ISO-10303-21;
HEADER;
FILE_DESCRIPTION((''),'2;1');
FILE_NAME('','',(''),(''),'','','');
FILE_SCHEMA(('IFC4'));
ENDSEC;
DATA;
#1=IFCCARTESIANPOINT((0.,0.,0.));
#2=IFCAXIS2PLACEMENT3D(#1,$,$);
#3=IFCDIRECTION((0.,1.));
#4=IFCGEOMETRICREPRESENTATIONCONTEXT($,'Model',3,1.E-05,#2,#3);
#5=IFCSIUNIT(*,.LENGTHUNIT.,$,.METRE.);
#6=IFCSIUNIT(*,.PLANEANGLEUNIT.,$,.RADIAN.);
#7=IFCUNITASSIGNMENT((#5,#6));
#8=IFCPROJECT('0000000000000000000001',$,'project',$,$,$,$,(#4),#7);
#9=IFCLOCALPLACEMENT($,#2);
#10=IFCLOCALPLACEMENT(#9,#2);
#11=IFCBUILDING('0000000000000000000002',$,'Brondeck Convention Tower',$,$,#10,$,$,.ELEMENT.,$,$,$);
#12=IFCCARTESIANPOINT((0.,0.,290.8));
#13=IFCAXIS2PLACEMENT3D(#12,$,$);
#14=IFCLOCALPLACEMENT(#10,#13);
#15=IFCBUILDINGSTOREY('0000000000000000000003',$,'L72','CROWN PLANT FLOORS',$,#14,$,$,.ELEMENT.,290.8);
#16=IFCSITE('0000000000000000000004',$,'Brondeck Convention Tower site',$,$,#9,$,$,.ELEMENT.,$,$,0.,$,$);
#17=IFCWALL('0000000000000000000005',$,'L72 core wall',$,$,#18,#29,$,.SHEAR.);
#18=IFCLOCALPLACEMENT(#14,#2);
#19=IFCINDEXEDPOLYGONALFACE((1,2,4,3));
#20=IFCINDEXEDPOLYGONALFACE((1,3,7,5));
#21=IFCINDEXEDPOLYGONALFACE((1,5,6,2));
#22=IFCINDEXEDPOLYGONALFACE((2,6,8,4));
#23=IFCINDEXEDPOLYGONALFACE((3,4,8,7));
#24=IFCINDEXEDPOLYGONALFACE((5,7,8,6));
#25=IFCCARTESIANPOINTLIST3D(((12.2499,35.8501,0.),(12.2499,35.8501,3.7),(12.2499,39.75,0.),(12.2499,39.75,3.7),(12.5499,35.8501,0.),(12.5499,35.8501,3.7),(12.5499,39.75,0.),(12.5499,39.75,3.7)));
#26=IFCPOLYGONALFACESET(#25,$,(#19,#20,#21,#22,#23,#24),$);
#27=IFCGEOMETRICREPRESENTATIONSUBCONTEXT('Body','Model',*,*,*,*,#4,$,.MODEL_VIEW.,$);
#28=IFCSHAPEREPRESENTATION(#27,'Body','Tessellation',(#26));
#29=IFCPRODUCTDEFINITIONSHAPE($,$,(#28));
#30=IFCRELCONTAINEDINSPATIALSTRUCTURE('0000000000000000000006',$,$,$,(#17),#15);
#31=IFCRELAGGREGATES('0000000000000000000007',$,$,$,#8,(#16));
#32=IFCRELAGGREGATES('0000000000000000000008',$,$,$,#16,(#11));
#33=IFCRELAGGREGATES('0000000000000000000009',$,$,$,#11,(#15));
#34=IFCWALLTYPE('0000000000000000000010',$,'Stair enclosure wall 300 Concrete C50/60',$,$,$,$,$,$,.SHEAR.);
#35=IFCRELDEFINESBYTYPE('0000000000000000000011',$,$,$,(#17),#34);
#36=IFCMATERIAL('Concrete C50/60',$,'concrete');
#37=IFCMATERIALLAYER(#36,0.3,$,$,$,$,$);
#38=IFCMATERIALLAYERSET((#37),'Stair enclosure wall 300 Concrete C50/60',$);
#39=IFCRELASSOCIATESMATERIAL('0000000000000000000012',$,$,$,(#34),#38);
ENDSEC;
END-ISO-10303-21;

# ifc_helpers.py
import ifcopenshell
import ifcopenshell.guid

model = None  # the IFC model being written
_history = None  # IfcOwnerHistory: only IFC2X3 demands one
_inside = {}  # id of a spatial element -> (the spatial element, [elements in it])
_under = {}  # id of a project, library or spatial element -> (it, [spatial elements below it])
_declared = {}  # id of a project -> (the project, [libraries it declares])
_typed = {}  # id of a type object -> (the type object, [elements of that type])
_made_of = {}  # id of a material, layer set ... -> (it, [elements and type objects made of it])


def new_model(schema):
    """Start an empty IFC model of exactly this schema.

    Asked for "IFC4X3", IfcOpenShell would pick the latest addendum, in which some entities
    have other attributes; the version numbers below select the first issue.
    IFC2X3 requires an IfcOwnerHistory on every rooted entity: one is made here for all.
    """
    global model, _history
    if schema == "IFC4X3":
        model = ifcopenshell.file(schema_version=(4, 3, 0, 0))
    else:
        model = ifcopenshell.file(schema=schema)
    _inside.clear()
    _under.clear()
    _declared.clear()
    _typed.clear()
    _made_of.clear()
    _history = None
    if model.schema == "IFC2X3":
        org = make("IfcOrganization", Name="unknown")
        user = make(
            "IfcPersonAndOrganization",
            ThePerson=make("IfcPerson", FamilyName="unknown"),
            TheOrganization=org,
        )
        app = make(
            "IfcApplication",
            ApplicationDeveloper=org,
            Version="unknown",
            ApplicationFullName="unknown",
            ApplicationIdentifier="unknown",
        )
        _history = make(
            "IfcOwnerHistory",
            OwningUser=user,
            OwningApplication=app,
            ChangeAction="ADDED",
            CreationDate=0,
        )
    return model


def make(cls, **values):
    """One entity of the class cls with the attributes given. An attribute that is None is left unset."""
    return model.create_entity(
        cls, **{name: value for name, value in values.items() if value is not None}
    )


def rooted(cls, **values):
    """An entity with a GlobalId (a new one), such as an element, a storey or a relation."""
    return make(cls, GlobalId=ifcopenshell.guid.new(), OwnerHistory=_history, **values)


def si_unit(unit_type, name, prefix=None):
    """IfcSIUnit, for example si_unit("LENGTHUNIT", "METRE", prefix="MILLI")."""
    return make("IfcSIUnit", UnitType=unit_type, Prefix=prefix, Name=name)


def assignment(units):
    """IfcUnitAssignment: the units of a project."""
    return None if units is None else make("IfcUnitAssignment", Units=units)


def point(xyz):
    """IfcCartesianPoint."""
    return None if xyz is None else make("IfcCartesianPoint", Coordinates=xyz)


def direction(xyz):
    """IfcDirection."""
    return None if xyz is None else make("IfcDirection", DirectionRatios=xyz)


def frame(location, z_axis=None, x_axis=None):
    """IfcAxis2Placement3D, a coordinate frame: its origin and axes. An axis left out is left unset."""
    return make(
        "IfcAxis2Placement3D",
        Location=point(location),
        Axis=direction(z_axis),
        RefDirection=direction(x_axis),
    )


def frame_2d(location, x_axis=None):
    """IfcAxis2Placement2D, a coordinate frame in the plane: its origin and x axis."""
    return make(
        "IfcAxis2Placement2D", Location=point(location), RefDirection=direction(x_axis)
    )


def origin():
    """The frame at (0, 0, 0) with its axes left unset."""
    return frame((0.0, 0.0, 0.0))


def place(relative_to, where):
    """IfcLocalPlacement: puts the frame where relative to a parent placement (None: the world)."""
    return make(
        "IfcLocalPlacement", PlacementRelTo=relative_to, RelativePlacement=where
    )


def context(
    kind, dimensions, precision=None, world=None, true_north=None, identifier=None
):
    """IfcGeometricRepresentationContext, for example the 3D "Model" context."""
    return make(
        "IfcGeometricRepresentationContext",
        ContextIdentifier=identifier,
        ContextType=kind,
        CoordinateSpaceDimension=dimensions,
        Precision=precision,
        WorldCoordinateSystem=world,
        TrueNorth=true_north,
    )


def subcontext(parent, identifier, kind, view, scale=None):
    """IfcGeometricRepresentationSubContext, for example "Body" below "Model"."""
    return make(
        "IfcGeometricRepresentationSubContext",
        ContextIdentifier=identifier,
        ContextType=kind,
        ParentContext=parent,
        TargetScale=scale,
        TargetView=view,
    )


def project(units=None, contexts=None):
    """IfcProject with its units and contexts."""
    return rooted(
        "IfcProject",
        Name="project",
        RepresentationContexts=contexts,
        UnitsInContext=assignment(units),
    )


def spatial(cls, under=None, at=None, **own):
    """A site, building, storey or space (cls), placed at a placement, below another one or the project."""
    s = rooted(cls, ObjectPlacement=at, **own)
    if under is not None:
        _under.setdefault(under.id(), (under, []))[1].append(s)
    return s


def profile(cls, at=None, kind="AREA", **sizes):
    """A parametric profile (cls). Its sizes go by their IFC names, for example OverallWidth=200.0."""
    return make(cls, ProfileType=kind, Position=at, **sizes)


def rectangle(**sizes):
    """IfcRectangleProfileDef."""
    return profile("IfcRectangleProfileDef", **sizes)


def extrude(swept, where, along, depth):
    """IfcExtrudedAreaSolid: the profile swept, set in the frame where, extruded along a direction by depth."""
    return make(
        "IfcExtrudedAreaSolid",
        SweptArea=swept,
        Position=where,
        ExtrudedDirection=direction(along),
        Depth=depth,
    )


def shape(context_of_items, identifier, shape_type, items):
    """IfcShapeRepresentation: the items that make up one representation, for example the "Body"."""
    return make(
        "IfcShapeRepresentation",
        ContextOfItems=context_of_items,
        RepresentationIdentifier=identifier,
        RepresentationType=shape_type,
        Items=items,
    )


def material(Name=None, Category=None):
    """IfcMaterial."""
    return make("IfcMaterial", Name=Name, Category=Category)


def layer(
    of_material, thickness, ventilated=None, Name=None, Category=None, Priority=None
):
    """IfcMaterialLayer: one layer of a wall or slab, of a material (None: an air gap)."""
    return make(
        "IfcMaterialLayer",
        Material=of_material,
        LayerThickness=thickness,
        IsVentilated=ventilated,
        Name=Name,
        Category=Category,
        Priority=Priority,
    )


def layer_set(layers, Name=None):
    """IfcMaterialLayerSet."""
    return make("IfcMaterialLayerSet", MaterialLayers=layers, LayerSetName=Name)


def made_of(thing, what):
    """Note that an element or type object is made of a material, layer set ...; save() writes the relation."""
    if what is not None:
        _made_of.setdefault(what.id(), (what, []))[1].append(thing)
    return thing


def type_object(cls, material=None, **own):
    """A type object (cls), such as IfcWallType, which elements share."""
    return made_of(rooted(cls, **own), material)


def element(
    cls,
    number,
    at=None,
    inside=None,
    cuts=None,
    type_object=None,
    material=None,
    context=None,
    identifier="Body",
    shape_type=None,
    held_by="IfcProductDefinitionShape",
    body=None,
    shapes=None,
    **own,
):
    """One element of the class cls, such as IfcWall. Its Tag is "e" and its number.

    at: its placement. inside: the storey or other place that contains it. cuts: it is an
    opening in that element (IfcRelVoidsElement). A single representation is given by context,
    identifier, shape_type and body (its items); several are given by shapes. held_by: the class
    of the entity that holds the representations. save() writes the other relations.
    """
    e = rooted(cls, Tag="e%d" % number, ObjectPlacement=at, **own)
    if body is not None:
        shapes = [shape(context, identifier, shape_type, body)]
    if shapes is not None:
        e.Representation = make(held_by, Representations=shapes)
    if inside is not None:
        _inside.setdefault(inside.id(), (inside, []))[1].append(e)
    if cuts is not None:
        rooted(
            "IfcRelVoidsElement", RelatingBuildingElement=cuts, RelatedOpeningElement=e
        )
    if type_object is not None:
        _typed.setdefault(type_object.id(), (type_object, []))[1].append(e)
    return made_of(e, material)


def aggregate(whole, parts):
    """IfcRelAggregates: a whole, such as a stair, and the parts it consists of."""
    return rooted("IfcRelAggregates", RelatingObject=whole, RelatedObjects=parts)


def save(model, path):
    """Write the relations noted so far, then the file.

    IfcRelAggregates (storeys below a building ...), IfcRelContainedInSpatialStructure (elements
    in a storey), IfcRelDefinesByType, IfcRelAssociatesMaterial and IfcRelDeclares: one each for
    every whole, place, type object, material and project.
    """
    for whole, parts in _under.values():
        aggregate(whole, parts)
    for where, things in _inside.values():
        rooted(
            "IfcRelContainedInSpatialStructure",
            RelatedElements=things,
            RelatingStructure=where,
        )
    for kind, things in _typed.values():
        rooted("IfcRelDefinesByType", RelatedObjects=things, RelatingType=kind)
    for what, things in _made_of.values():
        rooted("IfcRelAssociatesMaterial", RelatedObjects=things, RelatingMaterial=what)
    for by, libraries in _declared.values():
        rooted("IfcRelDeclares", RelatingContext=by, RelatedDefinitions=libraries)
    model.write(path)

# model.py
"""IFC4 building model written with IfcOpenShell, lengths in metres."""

from ifc_helpers import new_model, si_unit, direction, frame, frame_2d, origin, place, context, subcontext, project, spatial, rectangle, extrude, material, layer, layer_set, type_object, element, save


model = new_model("IFC4")

# Units and contexts
model_context = context("Model", 3, precision=1e-05, world=origin(), true_north=direction((0.0, 1.0)))
body_context = subcontext(model_context, "Body", "Model", "MODEL_VIEW")
ifc_project = project(units=[si_unit("LENGTHUNIT", "METRE"), si_unit("PLANEANGLEUNIT", "RADIAN")], contexts=[model_context])

# Site, building, storey
site_placement = place(None, origin())
site = spatial("IfcSite", under=ifc_project, at=site_placement, Name="Brondeck Convention Tower site", CompositionType="ELEMENT", RefElevation=0.0)
building_placement = place(site_placement, origin())
building = spatial("IfcBuilding", under=site, at=building_placement, Name="Brondeck Convention Tower", CompositionType="ELEMENT")
storey_placement = place(building_placement, frame((0.0, 0.0, 290.8)))
storey = spatial("IfcBuildingStorey", under=building, at=storey_placement, Name="L72", Description="CROWN PLANT FLOORS", CompositionType="ELEMENT", Elevation=290.8)

# Shared definitions
ifc_material_1 = material(Name="Concrete C50/60", Category="concrete")

# Wall
ifc_layer_1 = layer(ifc_material_1, 0.3)
ifc_layer_set_1 = layer_set([ifc_layer_1], Name="Stair enclosure wall 300 Concrete C50/60")
wall_type_1 = type_object("IfcWallType", Name="Stair enclosure wall 300 Concrete C50/60", PredefinedType="SHEAR", material=ifc_layer_set_1)
wall_1_placement = place(storey_placement, frame((12.3999, 35.8501, 0.0), z_axis=(0.0, 0.0, 1.0), x_axis=(0.0, 1.0, 0.0)))
element("IfcWall", 1, at=wall_1_placement, inside=storey, type_object=wall_type_1, Name="L72 core wall", PredefinedType="SHEAR", context=body_context, shape_type="SweptSolid", body=[
    extrude(rectangle(XDim=3.8999, YDim=0.3, at=frame_2d((1.95, 0.0))), origin(), (0.0, 0.0, 1.0), 3.7),
])

save(model, "model.ifc")
